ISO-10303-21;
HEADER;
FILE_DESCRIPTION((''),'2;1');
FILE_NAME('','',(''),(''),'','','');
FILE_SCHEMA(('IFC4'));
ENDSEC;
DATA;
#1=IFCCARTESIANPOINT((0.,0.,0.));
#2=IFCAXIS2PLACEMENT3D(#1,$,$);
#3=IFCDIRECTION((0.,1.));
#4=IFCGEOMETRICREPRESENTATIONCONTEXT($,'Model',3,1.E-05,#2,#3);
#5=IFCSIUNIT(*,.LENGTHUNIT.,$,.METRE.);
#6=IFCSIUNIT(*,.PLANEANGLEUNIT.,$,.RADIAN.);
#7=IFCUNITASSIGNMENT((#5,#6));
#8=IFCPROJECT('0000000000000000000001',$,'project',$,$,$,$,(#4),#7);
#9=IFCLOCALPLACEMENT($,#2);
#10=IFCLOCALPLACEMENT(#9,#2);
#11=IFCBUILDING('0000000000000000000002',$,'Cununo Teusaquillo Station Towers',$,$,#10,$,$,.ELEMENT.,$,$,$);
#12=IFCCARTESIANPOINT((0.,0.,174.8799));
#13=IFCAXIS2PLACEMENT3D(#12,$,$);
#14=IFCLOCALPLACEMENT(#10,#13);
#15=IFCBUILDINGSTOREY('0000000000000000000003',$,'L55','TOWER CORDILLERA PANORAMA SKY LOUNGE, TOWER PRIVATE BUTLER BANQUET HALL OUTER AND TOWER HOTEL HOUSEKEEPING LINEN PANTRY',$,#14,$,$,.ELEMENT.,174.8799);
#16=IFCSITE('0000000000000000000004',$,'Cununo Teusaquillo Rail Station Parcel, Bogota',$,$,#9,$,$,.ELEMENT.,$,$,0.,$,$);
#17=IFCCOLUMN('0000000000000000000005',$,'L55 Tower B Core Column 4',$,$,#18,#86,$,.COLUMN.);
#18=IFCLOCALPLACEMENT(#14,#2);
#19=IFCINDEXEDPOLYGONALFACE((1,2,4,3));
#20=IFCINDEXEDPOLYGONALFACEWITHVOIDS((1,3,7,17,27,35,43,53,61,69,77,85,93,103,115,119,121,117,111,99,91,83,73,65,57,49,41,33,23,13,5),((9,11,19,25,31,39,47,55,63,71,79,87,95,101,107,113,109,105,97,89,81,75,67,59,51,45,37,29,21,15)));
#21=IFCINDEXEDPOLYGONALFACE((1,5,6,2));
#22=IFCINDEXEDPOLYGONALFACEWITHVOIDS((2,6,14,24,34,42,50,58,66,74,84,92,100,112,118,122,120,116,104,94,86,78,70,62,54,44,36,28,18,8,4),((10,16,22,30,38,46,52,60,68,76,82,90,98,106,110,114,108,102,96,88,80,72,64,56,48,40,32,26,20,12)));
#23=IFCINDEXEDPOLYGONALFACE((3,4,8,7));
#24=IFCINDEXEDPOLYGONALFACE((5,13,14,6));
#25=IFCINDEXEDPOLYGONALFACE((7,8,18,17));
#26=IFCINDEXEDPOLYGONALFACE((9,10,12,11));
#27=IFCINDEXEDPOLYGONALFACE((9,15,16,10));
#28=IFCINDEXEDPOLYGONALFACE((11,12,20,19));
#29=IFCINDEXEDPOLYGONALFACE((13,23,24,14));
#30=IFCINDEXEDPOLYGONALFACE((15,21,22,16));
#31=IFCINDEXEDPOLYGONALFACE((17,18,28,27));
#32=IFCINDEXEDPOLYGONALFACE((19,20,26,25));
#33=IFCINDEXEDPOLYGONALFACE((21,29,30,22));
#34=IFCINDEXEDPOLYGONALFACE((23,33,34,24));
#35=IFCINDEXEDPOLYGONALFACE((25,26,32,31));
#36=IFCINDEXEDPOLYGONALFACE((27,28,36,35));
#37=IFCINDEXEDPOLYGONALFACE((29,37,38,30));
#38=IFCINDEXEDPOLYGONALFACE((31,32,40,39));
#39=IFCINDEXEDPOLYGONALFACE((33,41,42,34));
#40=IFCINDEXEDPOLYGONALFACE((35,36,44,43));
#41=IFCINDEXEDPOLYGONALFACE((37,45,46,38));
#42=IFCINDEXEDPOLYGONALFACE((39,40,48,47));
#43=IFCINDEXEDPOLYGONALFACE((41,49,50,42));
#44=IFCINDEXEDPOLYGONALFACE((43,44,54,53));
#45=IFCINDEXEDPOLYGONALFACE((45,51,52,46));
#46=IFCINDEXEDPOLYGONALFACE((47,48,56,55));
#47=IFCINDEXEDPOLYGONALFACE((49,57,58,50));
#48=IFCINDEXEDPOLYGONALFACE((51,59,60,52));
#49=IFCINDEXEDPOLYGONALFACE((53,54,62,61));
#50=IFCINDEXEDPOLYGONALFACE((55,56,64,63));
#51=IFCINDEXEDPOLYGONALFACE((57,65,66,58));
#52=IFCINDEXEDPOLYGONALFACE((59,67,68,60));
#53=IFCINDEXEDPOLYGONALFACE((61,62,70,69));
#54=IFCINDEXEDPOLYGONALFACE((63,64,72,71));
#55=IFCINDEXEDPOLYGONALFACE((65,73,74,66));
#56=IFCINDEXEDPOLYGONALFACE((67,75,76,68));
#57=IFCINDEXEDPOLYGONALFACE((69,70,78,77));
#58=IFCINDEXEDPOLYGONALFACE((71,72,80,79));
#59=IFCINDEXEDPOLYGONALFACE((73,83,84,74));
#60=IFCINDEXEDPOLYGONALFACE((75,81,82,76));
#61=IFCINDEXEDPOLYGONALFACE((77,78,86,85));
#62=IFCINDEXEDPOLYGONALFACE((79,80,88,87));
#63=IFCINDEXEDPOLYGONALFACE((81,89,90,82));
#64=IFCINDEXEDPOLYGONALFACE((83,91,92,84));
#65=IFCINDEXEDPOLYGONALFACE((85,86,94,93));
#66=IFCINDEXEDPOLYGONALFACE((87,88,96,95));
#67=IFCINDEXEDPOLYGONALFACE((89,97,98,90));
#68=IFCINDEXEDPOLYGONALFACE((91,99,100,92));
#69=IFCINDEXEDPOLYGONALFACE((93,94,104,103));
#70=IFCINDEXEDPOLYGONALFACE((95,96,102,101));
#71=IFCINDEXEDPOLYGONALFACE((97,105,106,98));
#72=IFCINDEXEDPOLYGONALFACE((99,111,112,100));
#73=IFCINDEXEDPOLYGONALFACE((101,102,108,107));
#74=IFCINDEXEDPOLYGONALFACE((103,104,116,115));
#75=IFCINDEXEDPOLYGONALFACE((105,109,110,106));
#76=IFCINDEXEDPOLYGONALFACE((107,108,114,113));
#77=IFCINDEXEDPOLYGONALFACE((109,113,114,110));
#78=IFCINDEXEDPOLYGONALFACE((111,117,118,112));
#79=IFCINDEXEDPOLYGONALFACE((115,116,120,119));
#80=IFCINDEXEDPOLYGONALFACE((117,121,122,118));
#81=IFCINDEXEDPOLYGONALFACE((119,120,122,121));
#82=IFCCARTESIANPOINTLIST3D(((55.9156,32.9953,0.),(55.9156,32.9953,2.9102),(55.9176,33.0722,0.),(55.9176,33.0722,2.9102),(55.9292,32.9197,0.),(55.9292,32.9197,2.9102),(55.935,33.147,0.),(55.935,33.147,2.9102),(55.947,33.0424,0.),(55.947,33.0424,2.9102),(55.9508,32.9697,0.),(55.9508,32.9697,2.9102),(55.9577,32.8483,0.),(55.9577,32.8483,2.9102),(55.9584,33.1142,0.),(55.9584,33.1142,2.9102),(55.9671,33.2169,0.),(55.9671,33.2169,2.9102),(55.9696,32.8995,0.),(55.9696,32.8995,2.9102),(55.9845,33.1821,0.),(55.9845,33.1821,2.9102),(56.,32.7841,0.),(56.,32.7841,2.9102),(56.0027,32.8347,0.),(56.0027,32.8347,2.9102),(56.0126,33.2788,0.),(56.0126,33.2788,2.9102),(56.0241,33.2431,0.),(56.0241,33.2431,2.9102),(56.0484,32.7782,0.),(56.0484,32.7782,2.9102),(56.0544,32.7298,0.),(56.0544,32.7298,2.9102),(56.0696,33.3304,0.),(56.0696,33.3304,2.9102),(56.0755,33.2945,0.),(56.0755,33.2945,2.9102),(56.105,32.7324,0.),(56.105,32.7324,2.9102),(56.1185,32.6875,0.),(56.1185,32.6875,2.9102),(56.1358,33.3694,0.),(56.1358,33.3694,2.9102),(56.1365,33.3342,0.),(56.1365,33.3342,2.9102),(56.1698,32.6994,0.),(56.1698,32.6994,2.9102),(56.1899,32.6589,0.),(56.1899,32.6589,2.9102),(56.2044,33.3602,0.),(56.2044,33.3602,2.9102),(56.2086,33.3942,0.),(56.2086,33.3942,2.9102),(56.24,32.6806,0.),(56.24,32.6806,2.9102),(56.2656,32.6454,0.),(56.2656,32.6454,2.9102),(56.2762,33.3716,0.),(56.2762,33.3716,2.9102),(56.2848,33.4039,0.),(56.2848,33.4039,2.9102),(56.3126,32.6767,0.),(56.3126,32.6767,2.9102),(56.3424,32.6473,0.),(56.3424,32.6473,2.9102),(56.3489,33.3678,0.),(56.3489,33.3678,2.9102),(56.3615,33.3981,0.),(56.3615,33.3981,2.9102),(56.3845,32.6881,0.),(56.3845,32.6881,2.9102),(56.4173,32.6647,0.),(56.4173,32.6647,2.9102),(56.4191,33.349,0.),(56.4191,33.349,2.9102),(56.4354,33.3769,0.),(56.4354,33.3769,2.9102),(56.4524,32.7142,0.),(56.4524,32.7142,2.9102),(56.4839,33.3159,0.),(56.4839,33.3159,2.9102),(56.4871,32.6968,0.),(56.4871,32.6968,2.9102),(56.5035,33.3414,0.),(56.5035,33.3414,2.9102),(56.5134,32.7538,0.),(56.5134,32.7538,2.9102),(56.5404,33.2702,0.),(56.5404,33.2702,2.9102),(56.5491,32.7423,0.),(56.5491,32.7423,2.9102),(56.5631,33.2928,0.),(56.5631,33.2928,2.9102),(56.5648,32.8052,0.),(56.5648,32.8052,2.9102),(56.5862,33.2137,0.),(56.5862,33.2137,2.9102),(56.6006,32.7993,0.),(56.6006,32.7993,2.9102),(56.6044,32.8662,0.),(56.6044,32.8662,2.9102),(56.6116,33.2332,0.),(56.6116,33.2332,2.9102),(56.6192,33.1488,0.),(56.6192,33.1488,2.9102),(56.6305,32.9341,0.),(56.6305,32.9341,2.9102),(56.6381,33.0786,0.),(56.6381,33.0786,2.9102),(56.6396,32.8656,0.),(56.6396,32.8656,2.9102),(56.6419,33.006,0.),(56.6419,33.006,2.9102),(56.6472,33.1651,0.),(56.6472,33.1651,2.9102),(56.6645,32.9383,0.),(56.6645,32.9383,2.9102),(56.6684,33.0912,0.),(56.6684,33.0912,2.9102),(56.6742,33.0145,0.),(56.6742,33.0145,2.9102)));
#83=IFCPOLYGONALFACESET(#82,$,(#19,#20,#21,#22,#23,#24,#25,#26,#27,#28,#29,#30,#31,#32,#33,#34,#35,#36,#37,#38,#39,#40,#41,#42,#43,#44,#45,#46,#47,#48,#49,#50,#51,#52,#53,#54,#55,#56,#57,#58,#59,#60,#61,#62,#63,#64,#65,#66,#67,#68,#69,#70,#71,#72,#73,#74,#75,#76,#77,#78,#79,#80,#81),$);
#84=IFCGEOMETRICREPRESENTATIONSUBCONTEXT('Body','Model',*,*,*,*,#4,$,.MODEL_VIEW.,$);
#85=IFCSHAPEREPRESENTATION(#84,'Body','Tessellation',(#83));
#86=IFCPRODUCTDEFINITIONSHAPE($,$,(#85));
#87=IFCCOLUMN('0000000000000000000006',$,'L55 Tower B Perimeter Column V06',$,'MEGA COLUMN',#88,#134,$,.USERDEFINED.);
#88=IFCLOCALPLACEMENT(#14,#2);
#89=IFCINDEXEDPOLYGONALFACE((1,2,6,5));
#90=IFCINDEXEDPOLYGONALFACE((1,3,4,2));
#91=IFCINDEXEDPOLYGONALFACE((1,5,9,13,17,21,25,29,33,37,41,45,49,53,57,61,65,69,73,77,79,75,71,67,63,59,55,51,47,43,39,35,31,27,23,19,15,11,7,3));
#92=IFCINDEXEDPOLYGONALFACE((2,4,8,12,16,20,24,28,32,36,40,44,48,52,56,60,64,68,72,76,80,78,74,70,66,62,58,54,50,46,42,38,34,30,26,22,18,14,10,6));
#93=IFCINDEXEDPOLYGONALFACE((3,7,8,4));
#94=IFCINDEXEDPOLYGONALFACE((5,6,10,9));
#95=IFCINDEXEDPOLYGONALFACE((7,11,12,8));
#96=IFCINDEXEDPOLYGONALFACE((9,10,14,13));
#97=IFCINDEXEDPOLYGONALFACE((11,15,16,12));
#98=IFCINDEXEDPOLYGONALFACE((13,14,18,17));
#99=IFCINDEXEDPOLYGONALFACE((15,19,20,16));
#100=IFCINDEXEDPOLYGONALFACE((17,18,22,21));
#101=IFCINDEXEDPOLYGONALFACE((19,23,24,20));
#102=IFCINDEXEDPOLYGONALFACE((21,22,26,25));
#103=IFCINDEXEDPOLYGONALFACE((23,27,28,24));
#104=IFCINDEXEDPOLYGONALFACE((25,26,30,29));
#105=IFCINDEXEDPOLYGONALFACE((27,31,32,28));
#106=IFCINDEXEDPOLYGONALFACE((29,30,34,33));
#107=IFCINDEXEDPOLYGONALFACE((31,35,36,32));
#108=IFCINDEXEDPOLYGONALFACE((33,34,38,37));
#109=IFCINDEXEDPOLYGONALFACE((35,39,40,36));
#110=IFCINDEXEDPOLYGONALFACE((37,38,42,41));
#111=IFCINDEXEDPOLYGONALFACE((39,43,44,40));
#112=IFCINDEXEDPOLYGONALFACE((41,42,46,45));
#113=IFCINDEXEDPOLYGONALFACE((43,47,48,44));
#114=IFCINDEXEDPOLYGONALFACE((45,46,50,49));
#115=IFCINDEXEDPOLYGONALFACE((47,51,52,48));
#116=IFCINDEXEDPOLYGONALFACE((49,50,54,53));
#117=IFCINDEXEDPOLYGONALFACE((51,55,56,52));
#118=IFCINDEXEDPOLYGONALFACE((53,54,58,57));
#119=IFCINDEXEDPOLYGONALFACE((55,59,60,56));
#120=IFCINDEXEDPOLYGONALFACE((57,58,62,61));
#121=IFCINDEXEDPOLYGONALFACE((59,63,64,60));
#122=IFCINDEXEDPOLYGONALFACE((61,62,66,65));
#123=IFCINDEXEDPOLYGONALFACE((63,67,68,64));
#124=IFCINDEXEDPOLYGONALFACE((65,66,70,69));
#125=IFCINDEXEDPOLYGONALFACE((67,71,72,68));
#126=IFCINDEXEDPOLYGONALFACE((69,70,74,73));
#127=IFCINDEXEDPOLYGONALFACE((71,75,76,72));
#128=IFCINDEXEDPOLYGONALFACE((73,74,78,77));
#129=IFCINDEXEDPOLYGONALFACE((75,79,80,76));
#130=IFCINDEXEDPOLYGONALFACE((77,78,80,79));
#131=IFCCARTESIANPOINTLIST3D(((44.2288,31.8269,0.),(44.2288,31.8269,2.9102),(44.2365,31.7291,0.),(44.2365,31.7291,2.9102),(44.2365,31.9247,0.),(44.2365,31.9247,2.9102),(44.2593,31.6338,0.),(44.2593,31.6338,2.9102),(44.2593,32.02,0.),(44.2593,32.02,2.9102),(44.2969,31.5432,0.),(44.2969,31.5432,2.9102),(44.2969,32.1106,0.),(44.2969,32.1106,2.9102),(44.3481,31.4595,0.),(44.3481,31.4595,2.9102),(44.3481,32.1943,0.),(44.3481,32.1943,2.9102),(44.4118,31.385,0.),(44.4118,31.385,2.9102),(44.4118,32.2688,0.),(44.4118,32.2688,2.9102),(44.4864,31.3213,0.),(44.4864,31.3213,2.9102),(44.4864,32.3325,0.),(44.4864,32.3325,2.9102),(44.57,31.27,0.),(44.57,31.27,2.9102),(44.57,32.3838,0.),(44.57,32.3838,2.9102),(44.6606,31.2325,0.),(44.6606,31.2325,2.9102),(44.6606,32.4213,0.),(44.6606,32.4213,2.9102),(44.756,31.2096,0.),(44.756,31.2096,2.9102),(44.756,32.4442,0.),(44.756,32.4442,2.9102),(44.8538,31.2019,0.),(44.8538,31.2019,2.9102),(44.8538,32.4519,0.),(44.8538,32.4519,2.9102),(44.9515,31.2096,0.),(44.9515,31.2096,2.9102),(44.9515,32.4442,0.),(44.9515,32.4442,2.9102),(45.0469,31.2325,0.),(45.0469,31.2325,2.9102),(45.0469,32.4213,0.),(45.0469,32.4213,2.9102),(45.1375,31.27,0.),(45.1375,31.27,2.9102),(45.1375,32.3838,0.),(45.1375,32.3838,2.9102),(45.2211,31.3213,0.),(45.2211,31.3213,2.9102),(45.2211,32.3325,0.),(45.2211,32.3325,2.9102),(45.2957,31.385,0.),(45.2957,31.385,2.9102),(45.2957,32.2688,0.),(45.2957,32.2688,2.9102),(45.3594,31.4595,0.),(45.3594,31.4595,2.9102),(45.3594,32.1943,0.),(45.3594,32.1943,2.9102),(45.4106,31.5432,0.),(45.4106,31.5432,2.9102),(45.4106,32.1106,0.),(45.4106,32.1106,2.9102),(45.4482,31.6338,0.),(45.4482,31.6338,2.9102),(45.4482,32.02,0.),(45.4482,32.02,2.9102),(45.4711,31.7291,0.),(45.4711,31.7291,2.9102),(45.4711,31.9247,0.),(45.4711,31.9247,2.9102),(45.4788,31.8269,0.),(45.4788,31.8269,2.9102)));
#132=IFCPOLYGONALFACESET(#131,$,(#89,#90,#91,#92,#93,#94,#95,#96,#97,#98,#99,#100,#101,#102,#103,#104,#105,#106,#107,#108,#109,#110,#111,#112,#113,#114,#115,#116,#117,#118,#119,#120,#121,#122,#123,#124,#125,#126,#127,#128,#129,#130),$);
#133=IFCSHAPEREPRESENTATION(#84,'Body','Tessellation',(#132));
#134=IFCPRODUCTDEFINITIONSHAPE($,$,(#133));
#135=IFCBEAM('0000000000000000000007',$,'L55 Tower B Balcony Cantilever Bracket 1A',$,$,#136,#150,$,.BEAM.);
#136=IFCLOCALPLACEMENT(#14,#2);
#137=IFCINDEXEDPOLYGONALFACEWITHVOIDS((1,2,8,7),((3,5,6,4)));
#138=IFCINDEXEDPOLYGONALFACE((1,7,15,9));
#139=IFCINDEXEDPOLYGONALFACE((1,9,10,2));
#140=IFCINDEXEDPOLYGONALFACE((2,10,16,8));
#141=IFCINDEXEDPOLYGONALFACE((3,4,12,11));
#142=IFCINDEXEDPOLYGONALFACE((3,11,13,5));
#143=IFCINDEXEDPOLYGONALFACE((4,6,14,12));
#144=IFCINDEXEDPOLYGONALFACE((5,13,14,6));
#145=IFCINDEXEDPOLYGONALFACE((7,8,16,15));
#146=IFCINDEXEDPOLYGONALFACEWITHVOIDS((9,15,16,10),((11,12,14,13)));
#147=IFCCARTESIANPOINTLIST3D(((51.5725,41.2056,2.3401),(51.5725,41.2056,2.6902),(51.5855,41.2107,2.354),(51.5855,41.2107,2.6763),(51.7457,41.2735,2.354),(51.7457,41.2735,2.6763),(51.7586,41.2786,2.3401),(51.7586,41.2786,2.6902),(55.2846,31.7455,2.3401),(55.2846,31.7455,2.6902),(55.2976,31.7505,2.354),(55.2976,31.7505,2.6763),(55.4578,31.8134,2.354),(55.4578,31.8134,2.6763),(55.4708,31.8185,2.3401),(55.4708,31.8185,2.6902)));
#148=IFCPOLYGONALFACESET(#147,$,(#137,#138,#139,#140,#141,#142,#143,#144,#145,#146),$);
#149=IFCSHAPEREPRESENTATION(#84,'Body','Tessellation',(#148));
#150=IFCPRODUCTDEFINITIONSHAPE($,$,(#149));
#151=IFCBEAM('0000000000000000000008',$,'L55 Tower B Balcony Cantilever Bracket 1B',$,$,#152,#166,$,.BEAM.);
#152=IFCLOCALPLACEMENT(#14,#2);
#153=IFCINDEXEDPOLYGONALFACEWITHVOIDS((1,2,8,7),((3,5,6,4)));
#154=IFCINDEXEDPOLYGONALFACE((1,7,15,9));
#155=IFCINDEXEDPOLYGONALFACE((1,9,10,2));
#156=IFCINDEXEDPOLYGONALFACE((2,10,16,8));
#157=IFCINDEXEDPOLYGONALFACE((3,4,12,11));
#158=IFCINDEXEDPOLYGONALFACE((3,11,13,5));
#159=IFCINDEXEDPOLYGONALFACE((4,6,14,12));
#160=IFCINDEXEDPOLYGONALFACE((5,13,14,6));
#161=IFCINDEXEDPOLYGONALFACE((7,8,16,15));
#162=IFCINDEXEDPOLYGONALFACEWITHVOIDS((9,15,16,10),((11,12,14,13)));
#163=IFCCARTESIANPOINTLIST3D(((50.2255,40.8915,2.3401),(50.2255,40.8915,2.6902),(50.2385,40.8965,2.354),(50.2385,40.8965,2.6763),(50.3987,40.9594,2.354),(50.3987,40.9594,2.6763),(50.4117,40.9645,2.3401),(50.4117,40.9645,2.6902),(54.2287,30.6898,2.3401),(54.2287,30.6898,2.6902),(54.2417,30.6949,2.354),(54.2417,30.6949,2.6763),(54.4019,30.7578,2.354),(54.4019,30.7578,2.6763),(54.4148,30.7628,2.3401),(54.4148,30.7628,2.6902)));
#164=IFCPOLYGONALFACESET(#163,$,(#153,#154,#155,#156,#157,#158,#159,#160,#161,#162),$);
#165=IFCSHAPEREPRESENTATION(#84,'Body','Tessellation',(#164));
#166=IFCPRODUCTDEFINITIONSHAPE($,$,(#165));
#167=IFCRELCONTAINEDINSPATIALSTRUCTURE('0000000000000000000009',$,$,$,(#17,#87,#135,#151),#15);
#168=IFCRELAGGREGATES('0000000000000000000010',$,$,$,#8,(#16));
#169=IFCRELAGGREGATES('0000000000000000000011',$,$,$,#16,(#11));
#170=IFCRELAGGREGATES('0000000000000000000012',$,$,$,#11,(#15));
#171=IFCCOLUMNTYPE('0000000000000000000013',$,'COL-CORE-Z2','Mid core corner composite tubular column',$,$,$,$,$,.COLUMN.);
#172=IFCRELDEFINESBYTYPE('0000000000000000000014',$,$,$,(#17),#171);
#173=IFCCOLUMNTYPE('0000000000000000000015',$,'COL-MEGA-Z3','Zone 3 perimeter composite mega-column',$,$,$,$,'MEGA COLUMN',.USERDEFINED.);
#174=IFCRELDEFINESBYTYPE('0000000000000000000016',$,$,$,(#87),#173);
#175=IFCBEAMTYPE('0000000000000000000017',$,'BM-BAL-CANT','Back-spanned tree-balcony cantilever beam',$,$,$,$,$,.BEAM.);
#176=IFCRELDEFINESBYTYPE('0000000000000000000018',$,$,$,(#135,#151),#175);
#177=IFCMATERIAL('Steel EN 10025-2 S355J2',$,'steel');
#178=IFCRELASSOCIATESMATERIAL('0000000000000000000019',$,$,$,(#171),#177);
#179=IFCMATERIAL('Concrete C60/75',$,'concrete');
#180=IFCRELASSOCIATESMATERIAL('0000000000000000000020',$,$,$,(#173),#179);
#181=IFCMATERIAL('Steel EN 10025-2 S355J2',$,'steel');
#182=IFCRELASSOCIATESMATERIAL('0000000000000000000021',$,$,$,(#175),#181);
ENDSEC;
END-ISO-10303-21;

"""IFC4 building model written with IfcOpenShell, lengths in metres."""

from ifc_helpers import new_model, si_unit, direction, frame, origin, origin_2d, place, context, subcontext, project, spatial, hollow_rectangle, circle, hollow_circle, extrude, material, material_profile, profile_set, type_object, element, save


model = new_model("IFC4")

# Units and contexts
model_context = context("Model", 3, precision=1e-05, world=origin(), true_north=direction((0.0, 1.0)))
body_context = subcontext(model_context, "Body", "Model", "MODEL_VIEW")
ifc_project = project(units=[si_unit("LENGTHUNIT", "METRE"), si_unit("PLANEANGLEUNIT", "RADIAN")], contexts=[model_context])

# Site, building, storey
site_placement = place(None, origin())
site = spatial("IfcSite", under=ifc_project, at=site_placement, Name="Cununo Teusaquillo Rail Station Parcel, Bogota", CompositionType="ELEMENT", RefElevation=0.0)
building_placement = place(site_placement, origin())
building = spatial("IfcBuilding", under=site, at=building_placement, Name="Cununo Teusaquillo Station Towers", CompositionType="ELEMENT")
storey_placement = place(building_placement, frame((0.0, 0.0, 174.8799)))
storey = spatial("IfcBuildingStorey", under=building, at=storey_placement, Name="L55", Description="TOWER CORDILLERA PANORAMA SKY LOUNGE, TOWER PRIVATE BUTLER BANQUET HALL OUTER AND TOWER HOTEL HOUSEKEEPING LINEN PANTRY", CompositionType="ELEMENT", Elevation=174.8799)

# Columns
ifc_material_1 = material(Name="Steel EN 10025-2 S355J2", Category="steel")
ifc_material_profile_1 = material_profile(ifc_material_1, hollow_circle(Radius=0.3799, WallThickness=0.032, at=origin_2d()), Name="CHS 760x32")
ifc_profile_set_1 = profile_set([ifc_material_profile_1], Name="Steel EN 10025-2 S355J2")
column_type_1 = type_object("IfcColumnType", Name="COL-CORE-Z2", Description="Mid core corner composite tubular column", PredefinedType="COLUMN", material=ifc_profile_set_1)
column_1_placement = place(storey_placement, frame((56.2944, 33.0242, 0.0), z_axis=(0.0, 0.0, 1.0), x_axis=(0.707107, 0.707107, 0.0)))
element("IfcColumn", 1, at=column_1_placement, inside=storey, type_object=column_type_1, Name="L55 Tower B Core Column 4", PredefinedType="COLUMN", context=body_context, shape_type="SweptSolid", body=[
    extrude(hollow_circle(Radius=0.3799, WallThickness=0.032, at=origin_2d()), origin(), (0.0, 0.0, 1.0), 2.9102),
])
ifc_material_2 = material(Name="Concrete C60/75", Category="concrete")
ifc_material_profile_2 = material_profile(ifc_material_2, circle(Radius=0.625, at=origin_2d()), Name="RC-CIRC-1250")
ifc_profile_set_2 = profile_set([ifc_material_profile_2], Name="Concrete C60/75")
column_type_2 = type_object("IfcColumnType", Name="COL-MEGA-Z3", Description="Zone 3 perimeter composite mega-column", ElementType="MEGA COLUMN", PredefinedType="USERDEFINED", material=ifc_profile_set_2)
column_2_placement = place(storey_placement, frame((44.8538, 31.8269, 0.0), z_axis=(0.0, 0.0, 1.0), x_axis=(1.0, 0.0, 0.0)))
element("IfcColumn", 2, at=column_2_placement, inside=storey, type_object=column_type_2, Name="L55 Tower B Perimeter Column V06", ObjectType="MEGA COLUMN", PredefinedType="USERDEFINED", context=body_context, shape_type="SweptSolid", body=[
    extrude(circle(Radius=0.625, at=origin_2d()), origin(), (0.0, 0.0, 1.0), 2.9102),
])

# Beams
ifc_material_3 = material(Name="Steel EN 10025-2 S355J2", Category="steel")
ifc_material_profile_3 = material_profile(ifc_material_3, hollow_rectangle(XDim=0.2, YDim=0.3501, WallThickness=0.0139, at=origin_2d()), Name="RHS 350x200x14")
ifc_profile_set_3 = profile_set([ifc_material_profile_3], Name="Steel EN 10025-2 S355J2")
beam_type_1 = type_object("IfcBeamType", Name="BM-BAL-CANT", Description="Back-spanned tree-balcony cantilever beam", PredefinedType="BEAM", material=ifc_profile_set_3)
beam_1_placement = place(storey_placement, frame((55.3777, 31.782, 2.5151), z_axis=(-0.365281, 0.930897, 0.0), x_axis=(-0.930897, -0.365281, 0.0)))
element("IfcBeam", 3, at=beam_1_placement, inside=storey, type_object=beam_type_1, Name="L55 Tower B Balcony Cantilever Bracket 1A", PredefinedType="BEAM", context=body_context, shape_type="SweptSolid", body=[
    extrude(hollow_rectangle(XDim=0.2, YDim=0.3501, WallThickness=0.0139, at=origin_2d()), origin(), (0.0, 0.0, 1.0), 10.1624),
])
beam_2_placement = place(storey_placement, frame((54.3218, 30.7263, 2.5151), z_axis=(-0.365287, 0.930895, 0.0), x_axis=(-0.930895, -0.365287, 0.0)))
element("IfcBeam", 4, at=beam_2_placement, inside=storey, type_object=beam_type_1, Name="L55 Tower B Balcony Cantilever Bracket 1B", PredefinedType="BEAM", context=body_context, shape_type="SweptSolid", body=[
    extrude(hollow_rectangle(XDim=0.2, YDim=0.3501, WallThickness=0.0139, at=origin_2d()), origin(), (0.0, 0.0, 1.0), 10.959),
])

save(model, "model.ifc")
